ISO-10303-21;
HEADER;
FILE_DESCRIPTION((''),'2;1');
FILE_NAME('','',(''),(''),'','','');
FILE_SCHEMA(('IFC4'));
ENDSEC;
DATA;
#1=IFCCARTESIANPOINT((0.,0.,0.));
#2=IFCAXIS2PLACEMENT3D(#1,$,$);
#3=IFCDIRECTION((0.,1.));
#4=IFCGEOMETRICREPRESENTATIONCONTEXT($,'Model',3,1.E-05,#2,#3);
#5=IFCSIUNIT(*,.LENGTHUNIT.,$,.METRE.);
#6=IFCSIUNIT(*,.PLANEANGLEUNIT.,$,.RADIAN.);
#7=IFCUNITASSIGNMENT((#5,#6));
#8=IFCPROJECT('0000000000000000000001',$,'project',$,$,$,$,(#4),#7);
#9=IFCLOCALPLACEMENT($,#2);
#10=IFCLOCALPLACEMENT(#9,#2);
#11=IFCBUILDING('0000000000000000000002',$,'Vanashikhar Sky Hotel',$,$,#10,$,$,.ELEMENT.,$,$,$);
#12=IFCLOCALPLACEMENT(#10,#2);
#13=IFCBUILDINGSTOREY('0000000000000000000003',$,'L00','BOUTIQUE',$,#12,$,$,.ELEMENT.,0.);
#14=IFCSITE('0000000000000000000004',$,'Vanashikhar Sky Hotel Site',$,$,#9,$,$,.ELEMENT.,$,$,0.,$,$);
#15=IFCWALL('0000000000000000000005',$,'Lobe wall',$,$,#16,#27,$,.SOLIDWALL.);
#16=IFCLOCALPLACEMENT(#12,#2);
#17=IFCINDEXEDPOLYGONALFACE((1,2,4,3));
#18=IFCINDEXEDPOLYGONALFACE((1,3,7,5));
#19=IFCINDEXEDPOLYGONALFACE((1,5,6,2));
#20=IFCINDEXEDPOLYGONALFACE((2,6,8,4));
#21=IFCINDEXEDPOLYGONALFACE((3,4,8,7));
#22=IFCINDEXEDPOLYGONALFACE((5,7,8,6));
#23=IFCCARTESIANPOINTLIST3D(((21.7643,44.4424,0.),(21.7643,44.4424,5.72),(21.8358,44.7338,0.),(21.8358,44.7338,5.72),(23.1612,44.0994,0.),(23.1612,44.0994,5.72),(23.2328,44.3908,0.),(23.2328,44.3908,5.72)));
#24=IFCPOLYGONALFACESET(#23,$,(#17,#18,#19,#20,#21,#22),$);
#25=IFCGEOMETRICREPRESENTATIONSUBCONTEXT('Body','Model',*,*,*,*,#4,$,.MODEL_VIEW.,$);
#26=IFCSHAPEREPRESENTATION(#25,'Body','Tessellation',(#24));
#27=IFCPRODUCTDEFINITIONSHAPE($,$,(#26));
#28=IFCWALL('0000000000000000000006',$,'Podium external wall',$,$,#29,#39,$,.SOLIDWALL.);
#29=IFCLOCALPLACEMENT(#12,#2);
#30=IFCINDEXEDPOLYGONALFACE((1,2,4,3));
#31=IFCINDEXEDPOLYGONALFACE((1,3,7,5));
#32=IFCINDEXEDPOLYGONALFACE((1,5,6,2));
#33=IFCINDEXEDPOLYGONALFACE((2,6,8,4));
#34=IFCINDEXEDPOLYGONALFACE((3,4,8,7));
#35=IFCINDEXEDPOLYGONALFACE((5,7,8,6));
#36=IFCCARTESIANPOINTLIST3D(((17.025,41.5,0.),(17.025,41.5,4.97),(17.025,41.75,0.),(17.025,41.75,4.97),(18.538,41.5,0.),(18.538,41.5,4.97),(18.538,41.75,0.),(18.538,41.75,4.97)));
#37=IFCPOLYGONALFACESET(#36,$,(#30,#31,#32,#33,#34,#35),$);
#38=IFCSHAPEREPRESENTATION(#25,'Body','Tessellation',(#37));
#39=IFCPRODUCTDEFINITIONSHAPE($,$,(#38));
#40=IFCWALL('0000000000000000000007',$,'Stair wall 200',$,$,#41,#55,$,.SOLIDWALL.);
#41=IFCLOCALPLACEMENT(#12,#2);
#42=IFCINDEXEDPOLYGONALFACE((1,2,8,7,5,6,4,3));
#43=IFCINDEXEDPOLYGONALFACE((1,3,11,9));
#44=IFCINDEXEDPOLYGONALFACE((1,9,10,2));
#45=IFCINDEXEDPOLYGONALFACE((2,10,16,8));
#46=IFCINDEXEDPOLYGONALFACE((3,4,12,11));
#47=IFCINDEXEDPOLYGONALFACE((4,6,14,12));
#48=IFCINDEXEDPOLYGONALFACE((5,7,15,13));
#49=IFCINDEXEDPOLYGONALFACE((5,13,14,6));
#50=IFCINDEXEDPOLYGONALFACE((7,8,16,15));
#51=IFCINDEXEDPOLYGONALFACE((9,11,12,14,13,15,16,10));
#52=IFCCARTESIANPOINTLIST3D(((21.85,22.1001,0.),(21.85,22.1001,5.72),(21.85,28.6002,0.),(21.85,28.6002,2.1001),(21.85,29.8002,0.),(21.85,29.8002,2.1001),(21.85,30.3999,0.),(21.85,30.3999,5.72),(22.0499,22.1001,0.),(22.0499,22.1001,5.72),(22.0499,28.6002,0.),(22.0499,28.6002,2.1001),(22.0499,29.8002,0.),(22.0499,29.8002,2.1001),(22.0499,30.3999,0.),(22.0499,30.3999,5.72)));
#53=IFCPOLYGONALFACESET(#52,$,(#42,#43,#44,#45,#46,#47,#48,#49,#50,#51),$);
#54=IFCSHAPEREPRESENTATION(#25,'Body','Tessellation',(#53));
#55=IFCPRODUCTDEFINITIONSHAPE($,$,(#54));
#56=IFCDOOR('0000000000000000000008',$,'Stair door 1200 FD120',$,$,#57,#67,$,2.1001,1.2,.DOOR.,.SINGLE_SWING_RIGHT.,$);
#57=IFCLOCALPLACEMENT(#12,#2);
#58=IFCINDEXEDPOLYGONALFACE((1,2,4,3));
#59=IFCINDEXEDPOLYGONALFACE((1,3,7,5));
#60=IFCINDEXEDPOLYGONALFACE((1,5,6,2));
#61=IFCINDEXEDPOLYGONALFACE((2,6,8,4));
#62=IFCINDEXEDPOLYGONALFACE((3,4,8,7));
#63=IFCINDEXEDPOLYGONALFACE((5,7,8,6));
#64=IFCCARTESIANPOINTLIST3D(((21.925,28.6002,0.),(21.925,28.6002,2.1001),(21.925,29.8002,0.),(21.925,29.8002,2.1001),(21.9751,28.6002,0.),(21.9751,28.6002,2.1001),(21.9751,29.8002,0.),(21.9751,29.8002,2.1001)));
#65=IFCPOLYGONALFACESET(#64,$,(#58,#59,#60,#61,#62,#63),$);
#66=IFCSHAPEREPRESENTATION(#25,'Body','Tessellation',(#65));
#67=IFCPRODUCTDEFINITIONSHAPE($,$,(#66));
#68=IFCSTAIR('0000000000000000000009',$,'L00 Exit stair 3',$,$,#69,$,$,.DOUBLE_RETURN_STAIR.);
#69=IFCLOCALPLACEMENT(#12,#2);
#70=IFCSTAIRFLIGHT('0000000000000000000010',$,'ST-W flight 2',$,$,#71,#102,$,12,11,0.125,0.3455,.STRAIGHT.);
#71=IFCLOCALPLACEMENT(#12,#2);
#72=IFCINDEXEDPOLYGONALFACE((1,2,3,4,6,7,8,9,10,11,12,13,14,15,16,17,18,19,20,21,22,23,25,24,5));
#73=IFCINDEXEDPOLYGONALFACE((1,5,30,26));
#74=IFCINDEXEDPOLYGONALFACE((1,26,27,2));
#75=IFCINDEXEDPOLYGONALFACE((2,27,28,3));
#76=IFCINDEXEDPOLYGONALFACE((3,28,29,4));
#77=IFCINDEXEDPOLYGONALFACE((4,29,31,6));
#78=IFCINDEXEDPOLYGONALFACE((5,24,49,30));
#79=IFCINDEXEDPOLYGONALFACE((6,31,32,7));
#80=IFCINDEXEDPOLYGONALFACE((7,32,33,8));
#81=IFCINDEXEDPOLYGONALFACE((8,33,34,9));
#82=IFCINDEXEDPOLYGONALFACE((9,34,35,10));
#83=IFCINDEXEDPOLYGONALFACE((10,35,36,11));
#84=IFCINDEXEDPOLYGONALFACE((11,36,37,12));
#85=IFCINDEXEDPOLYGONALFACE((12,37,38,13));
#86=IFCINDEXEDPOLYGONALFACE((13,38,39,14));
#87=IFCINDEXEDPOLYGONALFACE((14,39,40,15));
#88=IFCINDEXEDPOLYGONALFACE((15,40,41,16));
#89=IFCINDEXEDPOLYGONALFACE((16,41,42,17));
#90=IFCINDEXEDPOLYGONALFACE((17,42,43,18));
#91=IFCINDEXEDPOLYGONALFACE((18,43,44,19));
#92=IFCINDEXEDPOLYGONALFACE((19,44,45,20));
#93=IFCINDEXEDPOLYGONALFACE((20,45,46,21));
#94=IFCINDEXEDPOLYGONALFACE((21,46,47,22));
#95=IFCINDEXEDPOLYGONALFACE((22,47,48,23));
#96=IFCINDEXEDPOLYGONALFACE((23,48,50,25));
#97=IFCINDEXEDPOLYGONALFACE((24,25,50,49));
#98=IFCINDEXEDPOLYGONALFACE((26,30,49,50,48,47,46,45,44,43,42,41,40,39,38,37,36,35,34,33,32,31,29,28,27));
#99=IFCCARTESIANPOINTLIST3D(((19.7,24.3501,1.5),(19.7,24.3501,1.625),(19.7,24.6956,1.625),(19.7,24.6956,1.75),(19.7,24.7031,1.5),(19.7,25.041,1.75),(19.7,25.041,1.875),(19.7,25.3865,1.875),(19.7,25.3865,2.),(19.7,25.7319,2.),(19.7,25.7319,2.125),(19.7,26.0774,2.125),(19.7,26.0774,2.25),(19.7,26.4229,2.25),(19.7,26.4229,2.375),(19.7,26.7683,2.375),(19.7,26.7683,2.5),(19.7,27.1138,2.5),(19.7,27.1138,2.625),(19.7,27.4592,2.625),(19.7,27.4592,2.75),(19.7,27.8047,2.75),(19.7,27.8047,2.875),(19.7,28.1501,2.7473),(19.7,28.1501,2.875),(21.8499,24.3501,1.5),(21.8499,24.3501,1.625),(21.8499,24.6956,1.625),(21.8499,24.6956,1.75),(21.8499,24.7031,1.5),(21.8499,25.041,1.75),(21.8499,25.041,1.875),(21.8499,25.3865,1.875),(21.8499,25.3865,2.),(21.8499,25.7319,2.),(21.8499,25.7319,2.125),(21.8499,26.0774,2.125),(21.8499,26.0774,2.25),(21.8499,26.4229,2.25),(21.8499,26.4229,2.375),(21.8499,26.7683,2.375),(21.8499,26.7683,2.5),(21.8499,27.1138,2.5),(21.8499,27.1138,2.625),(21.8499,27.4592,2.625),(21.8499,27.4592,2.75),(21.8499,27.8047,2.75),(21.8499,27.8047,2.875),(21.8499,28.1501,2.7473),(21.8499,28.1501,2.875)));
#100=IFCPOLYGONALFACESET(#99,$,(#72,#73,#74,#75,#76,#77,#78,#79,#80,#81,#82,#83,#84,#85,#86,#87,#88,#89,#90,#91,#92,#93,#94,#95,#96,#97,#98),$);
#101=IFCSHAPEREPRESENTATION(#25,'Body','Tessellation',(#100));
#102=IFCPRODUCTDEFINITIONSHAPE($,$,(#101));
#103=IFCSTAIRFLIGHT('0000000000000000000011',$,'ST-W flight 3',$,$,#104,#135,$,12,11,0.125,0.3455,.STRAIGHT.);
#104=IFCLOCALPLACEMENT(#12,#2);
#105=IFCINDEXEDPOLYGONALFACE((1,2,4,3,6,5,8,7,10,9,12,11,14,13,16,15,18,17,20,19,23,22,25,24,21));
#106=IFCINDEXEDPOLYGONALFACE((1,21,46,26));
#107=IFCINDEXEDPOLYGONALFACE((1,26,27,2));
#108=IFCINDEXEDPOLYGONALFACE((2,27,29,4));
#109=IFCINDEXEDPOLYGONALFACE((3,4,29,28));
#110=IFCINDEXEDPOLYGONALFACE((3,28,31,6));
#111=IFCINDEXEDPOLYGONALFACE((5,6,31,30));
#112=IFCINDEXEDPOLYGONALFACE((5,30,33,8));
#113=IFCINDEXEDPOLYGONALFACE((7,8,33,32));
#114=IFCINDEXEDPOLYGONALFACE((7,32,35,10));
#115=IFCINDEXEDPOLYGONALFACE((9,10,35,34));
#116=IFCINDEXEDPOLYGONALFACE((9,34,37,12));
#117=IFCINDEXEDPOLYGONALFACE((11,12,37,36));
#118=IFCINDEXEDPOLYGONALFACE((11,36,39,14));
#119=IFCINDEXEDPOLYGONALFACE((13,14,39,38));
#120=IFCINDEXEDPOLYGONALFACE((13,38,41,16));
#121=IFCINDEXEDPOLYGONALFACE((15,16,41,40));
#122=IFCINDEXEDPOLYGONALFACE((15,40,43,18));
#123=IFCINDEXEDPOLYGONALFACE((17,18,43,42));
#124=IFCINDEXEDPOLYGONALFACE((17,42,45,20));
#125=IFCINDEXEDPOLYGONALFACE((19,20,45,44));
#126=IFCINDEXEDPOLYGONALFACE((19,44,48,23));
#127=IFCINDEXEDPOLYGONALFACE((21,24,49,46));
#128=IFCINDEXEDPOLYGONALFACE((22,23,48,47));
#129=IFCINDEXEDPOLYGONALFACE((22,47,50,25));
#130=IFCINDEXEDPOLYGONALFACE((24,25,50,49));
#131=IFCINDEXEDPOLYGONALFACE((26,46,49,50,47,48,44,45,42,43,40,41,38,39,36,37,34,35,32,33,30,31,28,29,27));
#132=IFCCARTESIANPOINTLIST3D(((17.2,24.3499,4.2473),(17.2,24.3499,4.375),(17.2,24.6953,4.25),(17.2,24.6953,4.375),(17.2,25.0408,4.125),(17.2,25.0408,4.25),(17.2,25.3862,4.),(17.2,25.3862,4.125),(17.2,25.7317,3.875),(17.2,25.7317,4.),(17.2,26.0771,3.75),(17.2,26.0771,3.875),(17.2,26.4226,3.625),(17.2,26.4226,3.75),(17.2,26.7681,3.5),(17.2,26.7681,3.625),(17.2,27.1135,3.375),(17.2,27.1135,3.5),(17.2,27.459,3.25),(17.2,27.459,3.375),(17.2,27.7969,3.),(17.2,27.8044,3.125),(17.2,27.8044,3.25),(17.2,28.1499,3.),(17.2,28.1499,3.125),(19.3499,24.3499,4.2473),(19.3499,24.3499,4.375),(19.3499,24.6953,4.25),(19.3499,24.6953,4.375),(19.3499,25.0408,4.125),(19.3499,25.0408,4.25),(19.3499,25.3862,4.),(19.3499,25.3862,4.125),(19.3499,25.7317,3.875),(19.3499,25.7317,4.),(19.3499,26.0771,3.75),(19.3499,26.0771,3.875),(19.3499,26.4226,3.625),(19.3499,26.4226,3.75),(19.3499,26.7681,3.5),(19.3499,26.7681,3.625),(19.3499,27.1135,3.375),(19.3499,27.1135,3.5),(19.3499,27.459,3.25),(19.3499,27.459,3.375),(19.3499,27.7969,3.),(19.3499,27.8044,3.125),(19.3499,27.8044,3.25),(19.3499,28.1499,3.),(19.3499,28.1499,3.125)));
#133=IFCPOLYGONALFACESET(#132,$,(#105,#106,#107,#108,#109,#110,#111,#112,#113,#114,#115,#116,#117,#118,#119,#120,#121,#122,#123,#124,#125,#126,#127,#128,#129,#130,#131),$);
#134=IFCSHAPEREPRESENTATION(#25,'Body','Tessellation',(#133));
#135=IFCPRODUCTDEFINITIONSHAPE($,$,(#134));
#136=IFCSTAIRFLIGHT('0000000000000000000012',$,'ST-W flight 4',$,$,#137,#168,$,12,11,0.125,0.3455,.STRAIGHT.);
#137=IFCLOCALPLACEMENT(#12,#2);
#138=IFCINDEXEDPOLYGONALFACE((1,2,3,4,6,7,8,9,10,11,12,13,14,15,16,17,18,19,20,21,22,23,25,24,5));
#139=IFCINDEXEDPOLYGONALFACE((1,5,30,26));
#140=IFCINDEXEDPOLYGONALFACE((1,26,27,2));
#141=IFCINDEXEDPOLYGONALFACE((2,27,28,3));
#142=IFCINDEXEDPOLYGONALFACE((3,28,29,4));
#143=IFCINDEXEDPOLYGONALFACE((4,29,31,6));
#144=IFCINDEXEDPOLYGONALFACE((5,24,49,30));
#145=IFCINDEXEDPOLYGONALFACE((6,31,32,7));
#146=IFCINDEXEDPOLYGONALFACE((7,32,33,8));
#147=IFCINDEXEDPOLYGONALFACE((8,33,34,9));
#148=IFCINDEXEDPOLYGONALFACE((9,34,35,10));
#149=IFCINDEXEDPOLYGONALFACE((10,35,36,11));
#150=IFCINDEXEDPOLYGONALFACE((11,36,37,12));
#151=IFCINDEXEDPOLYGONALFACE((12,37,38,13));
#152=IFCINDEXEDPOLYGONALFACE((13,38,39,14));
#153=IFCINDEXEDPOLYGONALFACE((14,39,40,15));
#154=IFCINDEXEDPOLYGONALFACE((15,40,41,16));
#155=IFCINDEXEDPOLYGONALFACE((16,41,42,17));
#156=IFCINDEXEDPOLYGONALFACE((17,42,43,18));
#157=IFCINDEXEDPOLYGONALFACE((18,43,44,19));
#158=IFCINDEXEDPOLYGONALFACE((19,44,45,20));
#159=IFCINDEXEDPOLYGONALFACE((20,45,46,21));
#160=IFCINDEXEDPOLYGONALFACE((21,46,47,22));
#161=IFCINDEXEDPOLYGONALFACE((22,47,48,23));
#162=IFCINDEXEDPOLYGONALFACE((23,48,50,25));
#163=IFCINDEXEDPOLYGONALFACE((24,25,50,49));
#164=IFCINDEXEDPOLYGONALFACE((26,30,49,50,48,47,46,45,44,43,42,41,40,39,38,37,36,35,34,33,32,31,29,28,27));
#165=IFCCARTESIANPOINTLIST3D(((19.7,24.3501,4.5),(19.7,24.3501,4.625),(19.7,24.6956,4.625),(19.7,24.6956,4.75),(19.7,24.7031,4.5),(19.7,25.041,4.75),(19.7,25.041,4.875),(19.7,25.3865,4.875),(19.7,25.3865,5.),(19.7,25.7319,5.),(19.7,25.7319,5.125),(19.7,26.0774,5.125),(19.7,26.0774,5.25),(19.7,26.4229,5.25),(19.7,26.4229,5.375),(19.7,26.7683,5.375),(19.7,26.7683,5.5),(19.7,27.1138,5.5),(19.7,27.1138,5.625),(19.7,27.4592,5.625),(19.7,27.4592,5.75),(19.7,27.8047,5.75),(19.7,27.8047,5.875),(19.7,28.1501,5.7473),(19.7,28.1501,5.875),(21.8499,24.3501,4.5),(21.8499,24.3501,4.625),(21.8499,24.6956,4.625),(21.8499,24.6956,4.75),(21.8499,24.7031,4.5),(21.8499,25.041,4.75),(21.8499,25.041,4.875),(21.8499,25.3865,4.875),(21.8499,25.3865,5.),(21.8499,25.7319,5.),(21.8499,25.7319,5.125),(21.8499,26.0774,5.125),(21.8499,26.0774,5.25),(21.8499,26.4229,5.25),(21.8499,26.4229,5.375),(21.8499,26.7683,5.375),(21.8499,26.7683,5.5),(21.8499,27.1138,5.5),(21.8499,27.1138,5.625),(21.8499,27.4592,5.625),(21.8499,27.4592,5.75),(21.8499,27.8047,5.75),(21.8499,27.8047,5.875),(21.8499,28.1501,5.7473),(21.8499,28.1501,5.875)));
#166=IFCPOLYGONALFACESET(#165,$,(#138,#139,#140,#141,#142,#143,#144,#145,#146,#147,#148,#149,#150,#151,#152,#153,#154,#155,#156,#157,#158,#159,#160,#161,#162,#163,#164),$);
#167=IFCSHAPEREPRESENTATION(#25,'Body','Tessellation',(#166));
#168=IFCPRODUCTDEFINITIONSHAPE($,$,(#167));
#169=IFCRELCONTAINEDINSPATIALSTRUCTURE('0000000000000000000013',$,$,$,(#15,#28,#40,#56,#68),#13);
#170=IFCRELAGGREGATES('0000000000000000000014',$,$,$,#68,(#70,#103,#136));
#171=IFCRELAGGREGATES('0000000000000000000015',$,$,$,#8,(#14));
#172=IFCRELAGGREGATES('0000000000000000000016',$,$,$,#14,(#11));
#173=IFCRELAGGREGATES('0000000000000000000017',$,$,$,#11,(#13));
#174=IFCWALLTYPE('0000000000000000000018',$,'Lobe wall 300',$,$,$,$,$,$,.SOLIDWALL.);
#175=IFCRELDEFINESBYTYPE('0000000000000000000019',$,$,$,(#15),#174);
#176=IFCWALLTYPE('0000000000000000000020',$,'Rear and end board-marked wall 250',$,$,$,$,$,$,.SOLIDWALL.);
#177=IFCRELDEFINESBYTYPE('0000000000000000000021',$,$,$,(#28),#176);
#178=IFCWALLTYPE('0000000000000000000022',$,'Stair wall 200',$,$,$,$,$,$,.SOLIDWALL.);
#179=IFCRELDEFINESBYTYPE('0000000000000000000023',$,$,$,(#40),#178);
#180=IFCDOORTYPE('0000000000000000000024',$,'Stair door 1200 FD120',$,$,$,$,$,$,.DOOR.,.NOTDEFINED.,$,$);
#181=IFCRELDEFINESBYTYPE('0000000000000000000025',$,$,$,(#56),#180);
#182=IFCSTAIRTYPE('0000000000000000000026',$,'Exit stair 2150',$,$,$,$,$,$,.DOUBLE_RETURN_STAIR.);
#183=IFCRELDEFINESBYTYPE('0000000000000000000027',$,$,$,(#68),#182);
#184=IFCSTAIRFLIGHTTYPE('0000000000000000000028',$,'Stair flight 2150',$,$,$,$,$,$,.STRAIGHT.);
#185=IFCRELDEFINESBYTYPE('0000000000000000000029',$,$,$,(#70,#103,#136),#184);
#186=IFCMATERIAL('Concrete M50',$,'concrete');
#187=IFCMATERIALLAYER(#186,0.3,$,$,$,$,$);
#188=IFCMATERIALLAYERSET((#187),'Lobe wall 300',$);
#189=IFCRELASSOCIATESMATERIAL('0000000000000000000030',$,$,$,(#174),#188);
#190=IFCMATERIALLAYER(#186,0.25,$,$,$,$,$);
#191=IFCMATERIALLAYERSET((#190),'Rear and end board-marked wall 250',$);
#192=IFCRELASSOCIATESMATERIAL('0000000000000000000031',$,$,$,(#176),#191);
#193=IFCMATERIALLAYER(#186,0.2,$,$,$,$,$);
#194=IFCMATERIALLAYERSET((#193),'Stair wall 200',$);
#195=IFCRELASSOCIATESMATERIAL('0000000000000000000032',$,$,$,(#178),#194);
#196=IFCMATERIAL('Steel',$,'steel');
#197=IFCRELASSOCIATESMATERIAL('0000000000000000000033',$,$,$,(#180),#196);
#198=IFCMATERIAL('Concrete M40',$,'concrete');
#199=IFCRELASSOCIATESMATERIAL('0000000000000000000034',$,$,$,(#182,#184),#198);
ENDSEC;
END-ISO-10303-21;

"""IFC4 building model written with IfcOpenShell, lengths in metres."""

from ifc_helpers import new_model, si_unit, direction, frame, frame_2d, origin, place, context, subcontext, project, spatial, polyline, rectangle, outline, extrude, source, transform, mapped, material, layer, layer_set, type_object, element, fill, aggregate, save


model = new_model("IFC4")

# Units and contexts
model_context = context("Model", 3, precision=1e-05, world=origin(), true_north=direction((0.0, 1.0)))
body_context = subcontext(model_context, "Body", "Model", "MODEL_VIEW")
ifc_project = project(units=[si_unit("LENGTHUNIT", "METRE"), si_unit("PLANEANGLEUNIT", "RADIAN")], contexts=[model_context])

# Site, building, storey
site_placement = place(None, origin())
site = spatial("IfcSite", under=ifc_project, at=site_placement, Name="Vanashikhar Sky Hotel Site", CompositionType="ELEMENT", RefElevation=0.0)
building_placement = place(site_placement, origin())
building = spatial("IfcBuilding", under=site, at=building_placement, Name="Vanashikhar Sky Hotel", CompositionType="ELEMENT")
storey_placement = place(building_placement, origin())
storey = spatial("IfcBuildingStorey", under=building, at=storey_placement, Name="L00", Description="BOUTIQUE", CompositionType="ELEMENT", Elevation=0.0)

# Shared definitions
ifc_material_1 = material(Name="Steel", Category="steel")
shared_shape_1 = source(origin(), body_context, "Body", "SweptSolid", [
    extrude(rectangle(XDim=1.2, YDim=2.1001, at=frame_2d((0.6001, 1.05))), frame((0.0, 0.0249, 0.0), z_axis=(0.0, -1.0, 0.0), x_axis=(1.0, 0.0, 0.0)), (0.0, 0.0, 1.0), 0.05),
])

# Shared definitions
ifc_material_2 = material(Name="Concrete M50", Category="concrete")
ifc_layer_1 = layer(ifc_material_2, 0.3)
ifc_layer_set_1 = layer_set([ifc_layer_1], Name="Lobe wall 300")
wall_type_1 = type_object("IfcWallType", Name="Lobe wall 300", PredefinedType="SOLIDWALL", material=ifc_layer_set_1)

# Walls
ifc_layer_2 = layer(ifc_material_2, 0.25)
ifc_layer_set_2 = layer_set([ifc_layer_2], Name="Rear and end board-marked wall 250")
wall_type_2 = type_object("IfcWallType", Name="Rear and end board-marked wall 250", PredefinedType="SOLIDWALL", material=ifc_layer_set_2)
shared_shape_2 = source(origin(), body_context, "Body", "SweptSolid", [
    extrude(rectangle(XDim=1.4385, YDim=0.3, at=frame_2d((0.7192, 0.0))), origin(), (0.0, 0.0, 1.0), 5.72),
])
wall_1_placement = place(storey_placement, frame((23.197, 44.2451, 0.0), z_axis=(0.0, 0.0, 1.0), x_axis=(-0.971152, 0.23846, 0.0)))
element("IfcWall", 1, at=wall_1_placement, inside=storey, type_object=wall_type_1, Name="Lobe wall", PredefinedType="SOLIDWALL", context=body_context, shape_type="MappedRepresentation", body=[
    mapped(shared_shape_2, transform((0.0, 0.0, 0.0), scale=1.0)),
])
shared_shape_3 = source(origin(), body_context, "Body", "SweptSolid", [
    extrude(rectangle(XDim=1.5129, YDim=0.25, at=frame_2d((0.7563, 0.0))), origin(), (0.0, 0.0, 1.0), 4.97),
])
wall_2_placement = place(storey_placement, frame((18.5378, 41.625, 0.0), z_axis=(0.0, 0.0, 1.0), x_axis=(-1.0, 0.0, 0.0)))
element("IfcWall", 2, at=wall_2_placement, inside=storey, type_object=wall_type_2, Name="Podium external wall", PredefinedType="SOLIDWALL", context=body_context, shape_type="MappedRepresentation", body=[
    mapped(shared_shape_3, transform((0.0, 0.0, 0.0), scale=1.0)),
])

# Wall, opening, door
ifc_layer_3 = layer(ifc_material_2, 0.2)
ifc_layer_set_3 = layer_set([ifc_layer_3], Name="Stair wall 200")
wall_type_3 = type_object("IfcWallType", Name="Stair wall 200", PredefinedType="SOLIDWALL", material=ifc_layer_set_3)
shared_shape_4 = source(origin(), body_context, "Body", "SweptSolid", [
    extrude(rectangle(XDim=8.2998, YDim=0.2, at=frame_2d((4.1499, 0.0))), origin(), (0.0, 0.0, 1.0), 5.72),
])
wall_3_placement = place(storey_placement, frame((21.95, 22.1001, 0.0), z_axis=(0.0, 0.0, 1.0), x_axis=(0.0, 1.0, 0.0)))
wall_3 = element("IfcWall", 3, at=wall_3_placement, inside=storey, type_object=wall_type_3, Name="Stair wall 200", PredefinedType="SOLIDWALL", context=body_context, shape_type="MappedRepresentation", body=[
    mapped(shared_shape_4, transform((0.0, 0.0, 0.0), scale=1.0)),
])
shared_shape_5 = source(origin(), body_context, "Body", "SweptSolid", [
    extrude(rectangle(XDim=1.2, YDim=2.1001, at=frame_2d((0.6001, 1.05))), frame((0.0, 0.1099, 0.0), z_axis=(0.0, -1.0, 0.0), x_axis=(1.0, 0.0, 0.0)), (0.0, 0.0, 1.0), 0.22),
])
opening_1_placement = place(wall_3_placement, frame((6.5, 0.0, 0.0)))
opening_1 = element("IfcOpeningElement", 4, at=opening_1_placement, cuts=wall_3, PredefinedType="OPENING", context=body_context, shape_type="MappedRepresentation", body=[
    mapped(shared_shape_5, transform((0.0, 0.0, 0.0), scale=1.0)),
])
door_type_1 = type_object("IfcDoorType", Name="Stair door 1200 FD120", OperationType="NOTDEFINED", PredefinedType="DOOR", material=ifc_material_1)
door_1_placement = place(opening_1_placement, origin())
door_1 = element("IfcDoor", 5, at=door_1_placement, inside=storey, type_object=door_type_1, Name="Stair door 1200 FD120", OperationType="SINGLE_SWING_RIGHT", OverallHeight=2.1001, OverallWidth=1.2, PredefinedType="DOOR", context=body_context, shape_type="MappedRepresentation", body=[
    mapped(shared_shape_1, transform((0.0, 0.0, 0.0), scale=1.0)),
])
fill(opening_1, door_1)

# Stair, stair flights
ifc_material_3 = material(Name="Concrete M40", Category="concrete")
stair_type = type_object("IfcStairType", Name="Exit stair 2150", PredefinedType="DOUBLE_RETURN_STAIR", material=ifc_material_3)
stair_placement = place(storey_placement, origin())
stair = element("IfcStair", 6, at=stair_placement, inside=storey, type_object=stair_type, Name="L00 Exit stair 3", PredefinedType="DOUBLE_RETURN_STAIR")
stair_flight_type = type_object("IfcStairFlightType", Name="Stair flight 2150", PredefinedType="STRAIGHT", material=ifc_material_3)
shared_shape_6 = source(origin(), body_context, "Body", "SweptSolid", [
    extrude(outline(polyline([(0.0, 0.0), (0.0, 0.125), (0.3455, 0.125), (0.3455, 0.25), (0.6909, 0.25), (0.6909, 0.375), (1.0364, 0.375), (1.0364, 0.5), (1.3818, 0.5), (1.3818, 0.625), (1.7273, 0.625), (1.7273, 0.75), (2.0728, 0.75), (2.0728, 0.875), (2.4182, 0.875), (2.4182, 1.0), (2.7637, 1.0), (2.7637, 1.125), (3.1091, 1.125), (3.1091, 1.25), (3.4546, 1.25), (3.4546, 1.375), (3.8, 1.375), (3.8, 1.5), (3.8, 1.2473), (0.353, 0.0), (0.0, 0.0)])), frame((0.0, 1.075, 0.0), z_axis=(0.0, -1.0, 0.0), x_axis=(1.0, 0.0, 0.0)), (0.0, 0.0, 1.0), 2.1499),
])
stair_flight_1_placement = place(storey_placement, frame((20.7749, 24.3501, 1.5), z_axis=(0.0, 0.0, 1.0), x_axis=(0.0, 1.0, 0.0)))
stair_flight_1 = element("IfcStairFlight", 7, at=stair_flight_1_placement, type_object=stair_flight_type, Name="ST-W flight 2", NumberOfRisers=12, NumberOfTreads=11, PredefinedType="STRAIGHT", RiserHeight=0.125, TreadLength=0.3455, context=body_context, shape_type="MappedRepresentation", body=[
    mapped(shared_shape_6, transform((0.0, 0.0, 0.0), scale=1.0)),
])
stair_flight_2_placement = place(storey_placement, frame((18.2749, 28.1499, 3.0), z_axis=(0.0, 0.0, 1.0), x_axis=(0.0, -1.0, 0.0)))
stair_flight_2 = element("IfcStairFlight", 8, at=stair_flight_2_placement, type_object=stair_flight_type, Name="ST-W flight 3", NumberOfRisers=12, NumberOfTreads=11, PredefinedType="STRAIGHT", RiserHeight=0.125, TreadLength=0.3455, context=body_context, shape_type="MappedRepresentation", body=[
    mapped(shared_shape_6, transform((0.0, 0.0, 0.0), scale=1.0)),
])
stair_flight_3_placement = place(storey_placement, frame((20.7749, 24.3501, 4.5), z_axis=(0.0, 0.0, 1.0), x_axis=(0.0, 1.0, 0.0)))
stair_flight_3 = element("IfcStairFlight", 9, at=stair_flight_3_placement, type_object=stair_flight_type, Name="ST-W flight 4", NumberOfRisers=12, NumberOfTreads=11, PredefinedType="STRAIGHT", RiserHeight=0.125, TreadLength=0.3455, context=body_context, shape_type="MappedRepresentation", body=[
    mapped(shared_shape_6, transform((0.0, 0.0, 0.0), scale=1.0)),
])
aggregate(stair, [stair_flight_1, stair_flight_2, stair_flight_3])

save(model, "model.ifc")
